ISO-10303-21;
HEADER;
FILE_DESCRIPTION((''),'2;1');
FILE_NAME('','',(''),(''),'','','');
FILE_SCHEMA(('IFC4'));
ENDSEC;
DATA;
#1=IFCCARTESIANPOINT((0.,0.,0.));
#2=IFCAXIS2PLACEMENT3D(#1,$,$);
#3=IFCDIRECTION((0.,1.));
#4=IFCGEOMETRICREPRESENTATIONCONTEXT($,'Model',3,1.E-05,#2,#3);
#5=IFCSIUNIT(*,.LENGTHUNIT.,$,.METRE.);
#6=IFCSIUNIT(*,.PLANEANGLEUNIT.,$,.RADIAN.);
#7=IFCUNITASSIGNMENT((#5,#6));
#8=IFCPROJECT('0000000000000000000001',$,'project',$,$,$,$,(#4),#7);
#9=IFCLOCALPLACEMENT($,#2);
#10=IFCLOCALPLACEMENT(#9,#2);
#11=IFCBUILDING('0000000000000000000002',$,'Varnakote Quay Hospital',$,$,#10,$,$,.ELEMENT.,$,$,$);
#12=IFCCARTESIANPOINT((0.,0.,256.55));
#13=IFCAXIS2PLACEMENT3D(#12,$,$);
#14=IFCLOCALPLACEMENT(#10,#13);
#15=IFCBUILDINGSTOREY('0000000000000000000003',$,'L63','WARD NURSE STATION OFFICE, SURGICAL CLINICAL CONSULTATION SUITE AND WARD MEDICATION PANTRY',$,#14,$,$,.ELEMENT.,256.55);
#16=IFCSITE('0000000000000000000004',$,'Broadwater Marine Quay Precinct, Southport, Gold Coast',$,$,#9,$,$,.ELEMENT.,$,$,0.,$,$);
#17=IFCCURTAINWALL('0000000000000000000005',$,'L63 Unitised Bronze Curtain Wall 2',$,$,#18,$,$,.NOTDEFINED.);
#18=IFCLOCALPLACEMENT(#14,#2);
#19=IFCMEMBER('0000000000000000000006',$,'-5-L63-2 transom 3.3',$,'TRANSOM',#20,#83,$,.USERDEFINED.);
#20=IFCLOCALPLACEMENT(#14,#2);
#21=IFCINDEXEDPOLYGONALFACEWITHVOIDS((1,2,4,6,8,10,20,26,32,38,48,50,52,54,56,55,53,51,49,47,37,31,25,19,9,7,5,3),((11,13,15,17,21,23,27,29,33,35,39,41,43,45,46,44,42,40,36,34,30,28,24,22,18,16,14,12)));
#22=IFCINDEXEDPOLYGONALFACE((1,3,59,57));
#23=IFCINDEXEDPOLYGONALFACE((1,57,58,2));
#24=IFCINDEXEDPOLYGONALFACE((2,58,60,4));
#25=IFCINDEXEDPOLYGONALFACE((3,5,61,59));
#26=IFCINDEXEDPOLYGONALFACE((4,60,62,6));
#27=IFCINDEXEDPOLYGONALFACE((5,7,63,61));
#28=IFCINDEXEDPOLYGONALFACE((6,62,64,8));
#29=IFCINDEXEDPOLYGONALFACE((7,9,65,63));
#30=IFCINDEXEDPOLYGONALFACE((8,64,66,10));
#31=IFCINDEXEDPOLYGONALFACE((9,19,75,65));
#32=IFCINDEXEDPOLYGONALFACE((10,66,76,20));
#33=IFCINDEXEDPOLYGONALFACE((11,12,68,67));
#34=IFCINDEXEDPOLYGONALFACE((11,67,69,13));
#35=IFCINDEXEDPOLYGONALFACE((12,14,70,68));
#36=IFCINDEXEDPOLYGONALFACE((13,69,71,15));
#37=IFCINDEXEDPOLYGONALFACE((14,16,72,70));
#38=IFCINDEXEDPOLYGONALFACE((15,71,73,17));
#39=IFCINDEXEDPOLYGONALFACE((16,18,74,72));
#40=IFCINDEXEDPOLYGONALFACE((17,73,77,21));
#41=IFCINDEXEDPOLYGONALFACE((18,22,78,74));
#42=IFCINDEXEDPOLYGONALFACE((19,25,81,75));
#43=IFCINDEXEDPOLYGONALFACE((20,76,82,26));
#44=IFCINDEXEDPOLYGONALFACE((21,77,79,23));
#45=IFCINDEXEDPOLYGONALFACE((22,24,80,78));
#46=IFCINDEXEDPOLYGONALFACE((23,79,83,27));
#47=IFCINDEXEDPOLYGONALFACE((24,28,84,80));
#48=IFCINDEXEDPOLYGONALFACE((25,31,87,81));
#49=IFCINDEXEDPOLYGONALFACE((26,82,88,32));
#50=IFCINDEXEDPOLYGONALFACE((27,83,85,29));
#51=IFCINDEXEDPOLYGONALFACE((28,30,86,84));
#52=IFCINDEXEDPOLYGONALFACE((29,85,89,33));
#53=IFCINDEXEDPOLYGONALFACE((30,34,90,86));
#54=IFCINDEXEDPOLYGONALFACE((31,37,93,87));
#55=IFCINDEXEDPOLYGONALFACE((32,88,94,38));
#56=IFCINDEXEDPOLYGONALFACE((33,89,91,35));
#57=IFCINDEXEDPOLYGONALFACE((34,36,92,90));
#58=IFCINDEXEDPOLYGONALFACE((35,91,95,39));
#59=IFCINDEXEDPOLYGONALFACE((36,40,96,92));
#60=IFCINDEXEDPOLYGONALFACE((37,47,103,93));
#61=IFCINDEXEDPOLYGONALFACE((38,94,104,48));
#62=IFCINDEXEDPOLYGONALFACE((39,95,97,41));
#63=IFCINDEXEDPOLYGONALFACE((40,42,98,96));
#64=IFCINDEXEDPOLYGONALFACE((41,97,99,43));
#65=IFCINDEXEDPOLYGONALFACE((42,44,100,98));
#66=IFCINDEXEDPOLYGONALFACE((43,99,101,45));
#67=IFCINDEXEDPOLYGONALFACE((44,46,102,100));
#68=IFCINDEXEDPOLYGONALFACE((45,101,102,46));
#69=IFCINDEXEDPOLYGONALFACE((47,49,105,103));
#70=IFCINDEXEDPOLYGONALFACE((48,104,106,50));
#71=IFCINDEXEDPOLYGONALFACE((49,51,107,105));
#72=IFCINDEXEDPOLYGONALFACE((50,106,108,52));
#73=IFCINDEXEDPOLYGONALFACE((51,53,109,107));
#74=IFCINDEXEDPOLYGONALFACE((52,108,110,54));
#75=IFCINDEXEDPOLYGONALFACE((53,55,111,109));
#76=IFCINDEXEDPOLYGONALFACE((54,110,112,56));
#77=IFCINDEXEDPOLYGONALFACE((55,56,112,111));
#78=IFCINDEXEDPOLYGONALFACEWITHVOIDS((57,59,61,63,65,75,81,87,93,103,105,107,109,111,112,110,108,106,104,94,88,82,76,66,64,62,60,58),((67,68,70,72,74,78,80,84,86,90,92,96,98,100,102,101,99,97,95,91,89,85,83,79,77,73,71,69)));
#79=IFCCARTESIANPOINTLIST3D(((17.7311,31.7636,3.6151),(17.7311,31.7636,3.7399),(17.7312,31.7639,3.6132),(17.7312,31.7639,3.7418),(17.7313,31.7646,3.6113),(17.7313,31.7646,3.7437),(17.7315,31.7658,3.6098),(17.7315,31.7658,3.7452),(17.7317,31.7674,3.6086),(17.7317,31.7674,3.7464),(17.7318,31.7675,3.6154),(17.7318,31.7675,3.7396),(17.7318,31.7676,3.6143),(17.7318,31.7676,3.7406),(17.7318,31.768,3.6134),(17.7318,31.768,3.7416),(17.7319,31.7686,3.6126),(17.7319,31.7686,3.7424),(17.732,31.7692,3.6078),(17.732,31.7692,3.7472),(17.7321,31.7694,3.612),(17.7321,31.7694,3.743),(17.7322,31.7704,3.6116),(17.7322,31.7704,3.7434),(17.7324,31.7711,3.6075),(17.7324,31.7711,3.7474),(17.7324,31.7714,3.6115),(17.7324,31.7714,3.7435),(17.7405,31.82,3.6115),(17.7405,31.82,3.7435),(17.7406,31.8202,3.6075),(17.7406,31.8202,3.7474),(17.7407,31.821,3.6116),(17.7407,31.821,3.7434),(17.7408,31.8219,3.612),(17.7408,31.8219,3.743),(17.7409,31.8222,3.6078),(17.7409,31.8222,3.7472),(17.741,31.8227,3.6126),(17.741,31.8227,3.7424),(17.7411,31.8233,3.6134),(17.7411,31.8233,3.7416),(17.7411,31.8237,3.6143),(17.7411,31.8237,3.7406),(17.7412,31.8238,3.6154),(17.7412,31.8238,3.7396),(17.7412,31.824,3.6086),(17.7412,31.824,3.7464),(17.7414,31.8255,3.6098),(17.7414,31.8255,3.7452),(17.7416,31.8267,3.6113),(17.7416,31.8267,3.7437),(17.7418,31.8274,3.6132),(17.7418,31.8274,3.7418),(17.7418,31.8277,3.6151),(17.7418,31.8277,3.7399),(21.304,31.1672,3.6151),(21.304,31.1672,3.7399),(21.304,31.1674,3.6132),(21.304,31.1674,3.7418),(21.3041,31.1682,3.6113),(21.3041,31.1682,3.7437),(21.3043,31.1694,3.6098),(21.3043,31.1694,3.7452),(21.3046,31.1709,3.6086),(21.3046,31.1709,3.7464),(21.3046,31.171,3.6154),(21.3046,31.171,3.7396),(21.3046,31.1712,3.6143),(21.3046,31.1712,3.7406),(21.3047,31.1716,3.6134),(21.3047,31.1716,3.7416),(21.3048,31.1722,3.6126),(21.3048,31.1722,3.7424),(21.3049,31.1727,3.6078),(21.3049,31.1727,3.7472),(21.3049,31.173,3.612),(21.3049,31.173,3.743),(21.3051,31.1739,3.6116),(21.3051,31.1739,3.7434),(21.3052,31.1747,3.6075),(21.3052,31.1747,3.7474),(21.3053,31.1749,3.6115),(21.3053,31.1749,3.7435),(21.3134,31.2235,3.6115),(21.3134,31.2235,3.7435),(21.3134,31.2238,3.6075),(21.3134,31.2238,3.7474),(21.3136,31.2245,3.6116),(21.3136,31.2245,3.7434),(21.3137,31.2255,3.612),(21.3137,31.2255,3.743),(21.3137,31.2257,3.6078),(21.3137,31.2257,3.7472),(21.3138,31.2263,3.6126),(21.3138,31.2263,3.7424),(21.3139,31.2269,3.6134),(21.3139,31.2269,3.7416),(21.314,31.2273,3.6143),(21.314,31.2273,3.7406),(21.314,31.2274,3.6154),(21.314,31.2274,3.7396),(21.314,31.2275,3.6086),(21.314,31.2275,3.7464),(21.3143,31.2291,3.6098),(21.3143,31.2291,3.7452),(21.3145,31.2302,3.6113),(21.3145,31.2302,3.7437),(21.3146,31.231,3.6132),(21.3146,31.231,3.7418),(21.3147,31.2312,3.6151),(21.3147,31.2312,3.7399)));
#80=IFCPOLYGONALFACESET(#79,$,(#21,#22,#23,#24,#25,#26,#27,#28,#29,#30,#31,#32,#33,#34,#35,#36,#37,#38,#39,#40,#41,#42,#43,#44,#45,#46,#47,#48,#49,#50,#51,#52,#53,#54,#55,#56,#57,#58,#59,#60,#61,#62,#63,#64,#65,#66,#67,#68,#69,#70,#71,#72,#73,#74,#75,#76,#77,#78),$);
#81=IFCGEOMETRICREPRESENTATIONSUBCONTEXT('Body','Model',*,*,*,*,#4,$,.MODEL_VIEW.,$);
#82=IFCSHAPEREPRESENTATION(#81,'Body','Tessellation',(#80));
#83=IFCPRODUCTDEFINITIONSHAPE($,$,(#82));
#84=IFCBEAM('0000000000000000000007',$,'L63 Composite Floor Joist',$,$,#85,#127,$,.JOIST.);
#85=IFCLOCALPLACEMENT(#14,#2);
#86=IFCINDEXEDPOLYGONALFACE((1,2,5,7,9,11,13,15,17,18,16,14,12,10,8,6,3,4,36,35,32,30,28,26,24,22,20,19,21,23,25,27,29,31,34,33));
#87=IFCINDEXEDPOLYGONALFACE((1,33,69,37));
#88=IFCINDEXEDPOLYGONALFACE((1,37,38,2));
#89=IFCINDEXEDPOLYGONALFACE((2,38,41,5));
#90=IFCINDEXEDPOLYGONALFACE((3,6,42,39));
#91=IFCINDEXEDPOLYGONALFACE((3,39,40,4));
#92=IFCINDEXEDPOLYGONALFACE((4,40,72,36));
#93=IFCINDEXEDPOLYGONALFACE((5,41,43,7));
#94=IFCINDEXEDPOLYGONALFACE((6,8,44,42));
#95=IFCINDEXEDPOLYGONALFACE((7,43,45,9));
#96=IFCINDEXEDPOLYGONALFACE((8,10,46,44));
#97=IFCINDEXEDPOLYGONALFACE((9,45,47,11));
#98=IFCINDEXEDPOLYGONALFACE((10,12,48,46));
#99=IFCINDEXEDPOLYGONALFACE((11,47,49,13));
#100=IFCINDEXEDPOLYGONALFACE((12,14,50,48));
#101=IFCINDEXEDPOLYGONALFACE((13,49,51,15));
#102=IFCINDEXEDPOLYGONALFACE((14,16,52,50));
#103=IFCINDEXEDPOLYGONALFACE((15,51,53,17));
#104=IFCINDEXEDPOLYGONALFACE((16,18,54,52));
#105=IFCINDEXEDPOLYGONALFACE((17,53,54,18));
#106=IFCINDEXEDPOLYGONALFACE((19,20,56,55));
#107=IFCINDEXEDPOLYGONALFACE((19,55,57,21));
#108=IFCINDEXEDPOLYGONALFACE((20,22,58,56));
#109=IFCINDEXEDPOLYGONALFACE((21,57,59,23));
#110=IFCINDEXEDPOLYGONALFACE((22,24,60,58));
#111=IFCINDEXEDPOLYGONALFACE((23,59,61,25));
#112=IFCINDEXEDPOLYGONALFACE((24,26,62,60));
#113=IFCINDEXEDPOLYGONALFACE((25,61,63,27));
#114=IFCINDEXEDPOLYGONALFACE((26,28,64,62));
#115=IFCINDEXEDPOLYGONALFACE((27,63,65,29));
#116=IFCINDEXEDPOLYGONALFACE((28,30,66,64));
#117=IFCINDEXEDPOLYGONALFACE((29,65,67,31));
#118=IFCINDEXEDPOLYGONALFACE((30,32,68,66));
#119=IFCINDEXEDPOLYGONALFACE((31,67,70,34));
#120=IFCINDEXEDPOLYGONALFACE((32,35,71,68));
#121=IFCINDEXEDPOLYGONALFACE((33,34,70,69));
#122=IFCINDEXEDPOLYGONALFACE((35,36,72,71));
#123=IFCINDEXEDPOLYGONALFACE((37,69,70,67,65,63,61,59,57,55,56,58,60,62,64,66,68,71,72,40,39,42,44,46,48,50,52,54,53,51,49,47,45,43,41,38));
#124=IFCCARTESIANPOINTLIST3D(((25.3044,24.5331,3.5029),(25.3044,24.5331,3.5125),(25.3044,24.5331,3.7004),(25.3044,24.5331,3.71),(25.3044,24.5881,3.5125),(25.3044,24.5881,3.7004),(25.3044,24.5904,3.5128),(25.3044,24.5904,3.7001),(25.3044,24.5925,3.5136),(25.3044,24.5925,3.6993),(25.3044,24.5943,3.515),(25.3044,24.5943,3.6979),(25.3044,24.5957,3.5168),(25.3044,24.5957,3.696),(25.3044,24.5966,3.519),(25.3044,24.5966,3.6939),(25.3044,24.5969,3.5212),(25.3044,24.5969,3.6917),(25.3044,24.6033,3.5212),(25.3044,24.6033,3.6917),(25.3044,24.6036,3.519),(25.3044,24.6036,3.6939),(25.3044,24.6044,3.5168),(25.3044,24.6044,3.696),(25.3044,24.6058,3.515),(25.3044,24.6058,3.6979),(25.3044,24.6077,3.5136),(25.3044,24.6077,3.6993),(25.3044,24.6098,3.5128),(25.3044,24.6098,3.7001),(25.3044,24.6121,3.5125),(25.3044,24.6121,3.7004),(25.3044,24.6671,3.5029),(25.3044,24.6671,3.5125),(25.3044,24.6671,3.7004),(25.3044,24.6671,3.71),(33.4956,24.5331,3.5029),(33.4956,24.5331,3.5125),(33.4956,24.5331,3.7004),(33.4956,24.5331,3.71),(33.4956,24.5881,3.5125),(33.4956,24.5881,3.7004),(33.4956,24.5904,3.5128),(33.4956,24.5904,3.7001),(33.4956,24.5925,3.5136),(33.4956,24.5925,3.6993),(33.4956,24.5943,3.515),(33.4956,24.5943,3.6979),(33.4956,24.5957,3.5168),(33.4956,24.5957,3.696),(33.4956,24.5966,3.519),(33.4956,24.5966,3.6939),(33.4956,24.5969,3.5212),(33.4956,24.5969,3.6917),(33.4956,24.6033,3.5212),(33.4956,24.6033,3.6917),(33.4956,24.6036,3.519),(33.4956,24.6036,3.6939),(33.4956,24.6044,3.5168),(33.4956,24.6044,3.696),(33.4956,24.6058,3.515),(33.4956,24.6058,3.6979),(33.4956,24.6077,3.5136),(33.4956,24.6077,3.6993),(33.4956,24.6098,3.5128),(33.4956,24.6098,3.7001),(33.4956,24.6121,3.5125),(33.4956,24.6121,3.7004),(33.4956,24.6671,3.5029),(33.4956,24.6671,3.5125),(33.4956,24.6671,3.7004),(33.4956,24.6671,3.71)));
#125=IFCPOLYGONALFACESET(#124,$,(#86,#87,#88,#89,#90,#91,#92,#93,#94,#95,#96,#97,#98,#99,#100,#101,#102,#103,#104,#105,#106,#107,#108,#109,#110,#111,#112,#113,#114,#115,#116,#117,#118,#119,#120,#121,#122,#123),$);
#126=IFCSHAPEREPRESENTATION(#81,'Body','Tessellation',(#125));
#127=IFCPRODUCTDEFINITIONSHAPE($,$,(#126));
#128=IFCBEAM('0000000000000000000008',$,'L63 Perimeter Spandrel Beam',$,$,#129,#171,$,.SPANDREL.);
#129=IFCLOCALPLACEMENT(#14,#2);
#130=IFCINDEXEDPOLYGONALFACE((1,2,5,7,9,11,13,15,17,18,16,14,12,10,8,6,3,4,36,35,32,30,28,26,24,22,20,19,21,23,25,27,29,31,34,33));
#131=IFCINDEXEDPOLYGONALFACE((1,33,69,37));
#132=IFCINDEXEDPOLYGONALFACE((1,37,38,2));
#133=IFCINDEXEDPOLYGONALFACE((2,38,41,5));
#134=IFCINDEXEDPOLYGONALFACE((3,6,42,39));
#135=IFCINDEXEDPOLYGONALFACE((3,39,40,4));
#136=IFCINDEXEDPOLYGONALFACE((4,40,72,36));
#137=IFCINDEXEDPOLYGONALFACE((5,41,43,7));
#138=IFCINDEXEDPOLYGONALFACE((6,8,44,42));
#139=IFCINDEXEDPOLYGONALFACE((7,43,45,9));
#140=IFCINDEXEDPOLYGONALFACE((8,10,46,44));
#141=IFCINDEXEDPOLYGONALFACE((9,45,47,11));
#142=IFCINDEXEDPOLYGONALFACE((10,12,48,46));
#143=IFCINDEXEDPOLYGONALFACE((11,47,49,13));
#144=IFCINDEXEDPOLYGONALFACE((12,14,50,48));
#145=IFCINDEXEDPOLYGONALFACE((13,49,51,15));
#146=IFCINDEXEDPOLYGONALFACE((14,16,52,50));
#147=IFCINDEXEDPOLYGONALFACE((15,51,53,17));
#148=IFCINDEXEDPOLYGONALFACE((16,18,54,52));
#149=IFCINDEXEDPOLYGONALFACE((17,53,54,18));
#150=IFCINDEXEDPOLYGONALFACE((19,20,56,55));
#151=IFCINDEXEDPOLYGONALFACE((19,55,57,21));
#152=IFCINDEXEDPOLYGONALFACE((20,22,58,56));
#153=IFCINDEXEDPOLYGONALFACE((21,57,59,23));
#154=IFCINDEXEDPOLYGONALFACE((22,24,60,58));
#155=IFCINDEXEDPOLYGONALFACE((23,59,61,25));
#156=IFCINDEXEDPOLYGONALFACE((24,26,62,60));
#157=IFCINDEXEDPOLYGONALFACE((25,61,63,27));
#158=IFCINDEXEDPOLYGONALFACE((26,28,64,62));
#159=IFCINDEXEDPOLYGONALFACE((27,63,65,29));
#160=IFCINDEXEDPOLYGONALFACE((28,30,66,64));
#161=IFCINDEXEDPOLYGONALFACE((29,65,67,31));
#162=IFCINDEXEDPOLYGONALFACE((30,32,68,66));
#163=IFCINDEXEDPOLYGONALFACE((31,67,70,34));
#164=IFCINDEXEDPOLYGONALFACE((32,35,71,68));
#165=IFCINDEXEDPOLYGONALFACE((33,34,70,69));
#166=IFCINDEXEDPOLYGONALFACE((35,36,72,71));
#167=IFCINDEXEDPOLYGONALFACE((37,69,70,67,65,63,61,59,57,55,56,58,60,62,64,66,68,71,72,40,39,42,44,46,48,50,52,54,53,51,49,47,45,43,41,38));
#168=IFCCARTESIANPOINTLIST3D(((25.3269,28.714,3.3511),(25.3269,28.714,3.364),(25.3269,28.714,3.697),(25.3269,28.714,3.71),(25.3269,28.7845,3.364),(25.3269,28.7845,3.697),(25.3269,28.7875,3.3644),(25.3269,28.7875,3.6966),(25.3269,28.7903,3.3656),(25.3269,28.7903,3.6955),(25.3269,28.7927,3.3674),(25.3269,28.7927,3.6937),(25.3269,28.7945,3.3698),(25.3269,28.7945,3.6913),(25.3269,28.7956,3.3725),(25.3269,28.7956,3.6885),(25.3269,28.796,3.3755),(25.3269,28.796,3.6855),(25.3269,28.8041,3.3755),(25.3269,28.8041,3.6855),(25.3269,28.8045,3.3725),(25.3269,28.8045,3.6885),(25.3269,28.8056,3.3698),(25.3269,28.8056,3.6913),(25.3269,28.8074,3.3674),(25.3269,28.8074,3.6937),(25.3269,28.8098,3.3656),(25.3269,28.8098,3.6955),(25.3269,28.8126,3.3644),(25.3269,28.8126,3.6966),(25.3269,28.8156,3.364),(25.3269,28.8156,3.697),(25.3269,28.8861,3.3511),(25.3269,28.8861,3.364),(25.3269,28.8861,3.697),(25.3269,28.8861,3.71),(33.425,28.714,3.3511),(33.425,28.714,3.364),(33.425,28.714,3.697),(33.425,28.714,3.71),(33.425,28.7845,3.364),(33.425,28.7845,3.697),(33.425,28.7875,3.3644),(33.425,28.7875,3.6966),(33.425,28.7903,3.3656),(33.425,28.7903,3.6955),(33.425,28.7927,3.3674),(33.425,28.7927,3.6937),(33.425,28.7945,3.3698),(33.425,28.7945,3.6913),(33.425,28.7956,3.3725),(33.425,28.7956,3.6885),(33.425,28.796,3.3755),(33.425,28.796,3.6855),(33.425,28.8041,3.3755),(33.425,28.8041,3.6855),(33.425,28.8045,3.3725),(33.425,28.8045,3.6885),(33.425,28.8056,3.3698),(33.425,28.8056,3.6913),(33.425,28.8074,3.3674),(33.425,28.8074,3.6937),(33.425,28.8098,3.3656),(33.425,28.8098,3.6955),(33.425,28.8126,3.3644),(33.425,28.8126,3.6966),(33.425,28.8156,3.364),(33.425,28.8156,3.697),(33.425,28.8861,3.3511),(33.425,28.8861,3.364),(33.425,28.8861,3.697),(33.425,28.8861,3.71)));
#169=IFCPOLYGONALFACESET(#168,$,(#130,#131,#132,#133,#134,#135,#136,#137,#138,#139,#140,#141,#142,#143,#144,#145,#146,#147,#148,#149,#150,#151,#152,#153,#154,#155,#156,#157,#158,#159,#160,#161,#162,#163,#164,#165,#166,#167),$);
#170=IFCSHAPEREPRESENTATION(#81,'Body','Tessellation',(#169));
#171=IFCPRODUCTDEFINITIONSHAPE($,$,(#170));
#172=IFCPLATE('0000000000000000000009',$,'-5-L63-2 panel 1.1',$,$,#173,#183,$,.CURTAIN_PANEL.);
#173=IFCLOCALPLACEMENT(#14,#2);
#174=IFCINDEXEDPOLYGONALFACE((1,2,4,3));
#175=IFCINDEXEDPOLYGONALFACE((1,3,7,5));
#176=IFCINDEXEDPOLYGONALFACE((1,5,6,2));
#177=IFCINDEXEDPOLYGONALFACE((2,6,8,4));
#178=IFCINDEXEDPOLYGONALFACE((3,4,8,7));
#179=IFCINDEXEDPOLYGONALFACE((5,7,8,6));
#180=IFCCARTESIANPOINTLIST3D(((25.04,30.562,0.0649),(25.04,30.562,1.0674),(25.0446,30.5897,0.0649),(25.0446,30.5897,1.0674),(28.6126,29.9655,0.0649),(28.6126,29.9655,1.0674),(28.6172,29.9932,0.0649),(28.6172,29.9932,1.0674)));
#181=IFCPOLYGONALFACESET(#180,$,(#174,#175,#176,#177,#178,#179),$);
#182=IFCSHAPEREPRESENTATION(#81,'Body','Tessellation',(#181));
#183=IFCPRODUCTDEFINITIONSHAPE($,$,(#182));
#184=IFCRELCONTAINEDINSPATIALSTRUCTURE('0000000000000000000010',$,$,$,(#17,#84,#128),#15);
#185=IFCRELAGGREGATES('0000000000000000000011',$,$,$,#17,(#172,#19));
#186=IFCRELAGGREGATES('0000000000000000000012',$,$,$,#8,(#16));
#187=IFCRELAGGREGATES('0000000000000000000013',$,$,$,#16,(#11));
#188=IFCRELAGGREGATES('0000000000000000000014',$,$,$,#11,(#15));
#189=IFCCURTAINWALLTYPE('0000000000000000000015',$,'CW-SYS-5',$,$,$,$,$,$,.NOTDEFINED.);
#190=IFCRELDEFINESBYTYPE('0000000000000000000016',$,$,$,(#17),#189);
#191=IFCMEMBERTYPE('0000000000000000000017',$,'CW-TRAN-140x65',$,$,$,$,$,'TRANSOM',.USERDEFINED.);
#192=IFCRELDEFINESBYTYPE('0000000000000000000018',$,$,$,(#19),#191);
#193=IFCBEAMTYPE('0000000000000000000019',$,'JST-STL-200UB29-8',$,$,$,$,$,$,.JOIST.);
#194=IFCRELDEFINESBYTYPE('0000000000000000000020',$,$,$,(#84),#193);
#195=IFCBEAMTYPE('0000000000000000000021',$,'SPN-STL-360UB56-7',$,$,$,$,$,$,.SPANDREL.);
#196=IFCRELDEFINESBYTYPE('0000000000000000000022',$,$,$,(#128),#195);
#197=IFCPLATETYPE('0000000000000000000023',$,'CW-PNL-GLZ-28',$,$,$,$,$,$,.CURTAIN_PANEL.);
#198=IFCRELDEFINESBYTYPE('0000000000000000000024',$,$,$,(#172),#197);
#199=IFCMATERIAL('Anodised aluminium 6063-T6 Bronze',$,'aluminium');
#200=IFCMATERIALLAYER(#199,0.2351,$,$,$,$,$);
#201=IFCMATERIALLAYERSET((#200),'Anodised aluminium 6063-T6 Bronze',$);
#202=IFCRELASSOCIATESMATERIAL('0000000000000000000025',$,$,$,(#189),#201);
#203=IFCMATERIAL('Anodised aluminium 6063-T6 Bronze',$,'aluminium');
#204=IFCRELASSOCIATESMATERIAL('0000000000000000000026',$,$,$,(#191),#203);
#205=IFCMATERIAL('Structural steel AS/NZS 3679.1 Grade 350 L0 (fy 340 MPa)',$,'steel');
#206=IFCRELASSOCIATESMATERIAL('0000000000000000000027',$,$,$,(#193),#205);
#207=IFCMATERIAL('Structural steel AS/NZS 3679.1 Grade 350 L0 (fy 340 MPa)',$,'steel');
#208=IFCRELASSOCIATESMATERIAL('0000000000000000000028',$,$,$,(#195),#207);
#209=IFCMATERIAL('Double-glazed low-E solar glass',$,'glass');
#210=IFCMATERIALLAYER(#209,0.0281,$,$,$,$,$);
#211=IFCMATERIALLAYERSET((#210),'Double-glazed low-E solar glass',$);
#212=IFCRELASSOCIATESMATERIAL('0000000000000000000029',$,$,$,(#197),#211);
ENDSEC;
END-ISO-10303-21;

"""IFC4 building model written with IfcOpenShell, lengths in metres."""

from ifc_helpers import new_model, si_unit, direction, frame, origin, origin_2d, place, context, subcontext, project, spatial, rectangle, hollow_rectangle, i_section, extrude, material, layer, layer_set, material_profile, profile_set, type_object, element, aggregate, save


model = new_model("IFC4")

# Units and contexts
model_context = context("Model", 3, precision=1e-05, world=origin(), true_north=direction((0.0, 1.0)))
body_context = subcontext(model_context, "Body", "Model", "MODEL_VIEW")
ifc_project = project(units=[si_unit("LENGTHUNIT", "METRE"), si_unit("PLANEANGLEUNIT", "RADIAN")], contexts=[model_context])

# Site, building, storey
site_placement = place(None, origin())
site = spatial("IfcSite", under=ifc_project, at=site_placement, Name="Broadwater Marine Quay Precinct, Southport, Gold Coast", CompositionType="ELEMENT", RefElevation=0.0)
building_placement = place(site_placement, origin())
building = spatial("IfcBuilding", under=site, at=building_placement, Name="Varnakote Quay Hospital", CompositionType="ELEMENT")
storey_placement = place(building_placement, frame((0.0, 0.0, 256.55)))
storey = spatial("IfcBuildingStorey", under=building, at=storey_placement, Name="L63", Description="WARD NURSE STATION OFFICE, SURGICAL CLINICAL CONSULTATION SUITE AND WARD MEDICATION PANTRY", CompositionType="ELEMENT", Elevation=256.55)

# Shared definitions
ifc_material_1 = material(Name="Anodised aluminium 6063-T6 Bronze", Category="aluminium")
ifc_layer_1 = layer(ifc_material_1, 0.2351)
ifc_layer_set_1 = layer_set([ifc_layer_1], Name="Anodised aluminium 6063-T6 Bronze")
curtain_wall_type = type_object("IfcCurtainWallType", Name="CW-SYS-5", PredefinedType="NOTDEFINED", material=ifc_layer_set_1)

# Curtain wall, member
curtain_wall_1_placement = place(storey_placement, origin())
curtain_wall_1 = element("IfcCurtainWall", 1, at=curtain_wall_1_placement, inside=storey, type_object=curtain_wall_type, Name="L63 Unitised Bronze Curtain Wall 2", PredefinedType="NOTDEFINED")
ifc_material_2 = material(Name="Anodised aluminium 6063-T6 Bronze", Category="aluminium")
ifc_material_profile_1 = material_profile(ifc_material_2, hollow_rectangle(XDim=0.0649, YDim=0.1399, WallThickness=0.0039, InnerFilletRadius=0.0039, OuterFilletRadius=0.0076, at=origin_2d()), Name="CW-TRAN-140x65")
ifc_profile_set_1 = profile_set([ifc_material_profile_1], Name="Anodised aluminium 6063-T6 Bronze")
member_type_1 = type_object("IfcMemberType", Name="CW-TRAN-140x65", ElementType="TRANSOM", PredefinedType="USERDEFINED", material=ifc_profile_set_1)
member_1_placement = place(storey_placement, frame((21.3093, 31.1992, 3.6775), z_axis=(-0.98635, 0.164661, 0.0), x_axis=(-0.164661, -0.98635, 0.0)))
member_1 = element("IfcMember", 2, at=member_1_placement, type_object=member_type_1, Name="-5-L63-2 transom 3.3", ObjectType="TRANSOM", PredefinedType="USERDEFINED", context=body_context, shape_type="SweptSolid", body=[
    extrude(hollow_rectangle(XDim=0.0649, YDim=0.1399, WallThickness=0.0039, InnerFilletRadius=0.0039, OuterFilletRadius=0.0076, at=origin_2d()), origin(), (0.0, 0.0, 1.0), 3.6223),
])

# Beams
ifc_material_3 = material(Name="Structural steel AS/NZS 3679.1 Grade 350 L0 (fy 340 MPa)", Category="steel")
ifc_material_profile_2 = material_profile(ifc_material_3, i_section(OverallWidth=0.134, OverallDepth=0.207, WebThickness=0.0063, FlangeThickness=0.0095, FilletRadius=0.0088, at=origin_2d()), Name="200UB29.8")
ifc_profile_set_2 = profile_set([ifc_material_profile_2], Name="Structural steel AS/NZS 3679.1 Grade 350 L0 (fy 340 MPa)")
beam_type_1 = type_object("IfcBeamType", Name="JST-STL-200UB29-8", PredefinedType="JOIST", material=ifc_profile_set_2)
beam_1_placement = place(storey_placement, frame((25.3044, 24.6001, 3.6064), z_axis=(1.0, 0.0, 0.0), x_axis=(0.0, 1.0, 0.0)))
element("IfcBeam", 3, at=beam_1_placement, inside=storey, type_object=beam_type_1, Name="L63 Composite Floor Joist", PredefinedType="JOIST", context=body_context, shape_type="SweptSolid", body=[
    extrude(i_section(OverallWidth=0.134, OverallDepth=0.207, WebThickness=0.0063, FlangeThickness=0.0095, FilletRadius=0.0088, at=origin_2d()), origin(), (0.0, 0.0, 1.0), 8.1912),
])
ifc_material_4 = material(Name="Structural steel AS/NZS 3679.1 Grade 350 L0 (fy 340 MPa)", Category="steel")
ifc_material_profile_3 = material_profile(ifc_material_4, i_section(OverallWidth=0.1721, OverallDepth=0.3589, WebThickness=0.0081, FlangeThickness=0.0129, FilletRadius=0.0115, at=origin_2d()), Name="360UB56.7")
ifc_profile_set_3 = profile_set([ifc_material_profile_3], Name="Structural steel AS/NZS 3679.1 Grade 350 L0 (fy 340 MPa)")
beam_type_2 = type_object("IfcBeamType", Name="SPN-STL-360UB56-7", PredefinedType="SPANDREL", material=ifc_profile_set_3)
beam_2_placement = place(storey_placement, frame((25.3269, 28.8, 3.5305), z_axis=(1.0, 0.0, 0.0), x_axis=(0.0, 1.0, 0.0)))
element("IfcBeam", 4, at=beam_2_placement, inside=storey, type_object=beam_type_2, Name="L63 Perimeter Spandrel Beam", PredefinedType="SPANDREL", context=body_context, shape_type="SweptSolid", body=[
    extrude(i_section(OverallWidth=0.1721, OverallDepth=0.3589, WebThickness=0.0081, FlangeThickness=0.0129, FilletRadius=0.0115, at=origin_2d()), origin(), (0.0, 0.0, 1.0), 8.0981),
])

# Plate
ifc_material_5 = material(Name="Double-glazed low-E solar glass", Category="glass")
ifc_layer_2 = layer(ifc_material_5, 0.0281)
ifc_layer_set_2 = layer_set([ifc_layer_2], Name="Double-glazed low-E solar glass")
plate_type = type_object("IfcPlateType", Name="CW-PNL-GLZ-28", PredefinedType="CURTAIN_PANEL", material=ifc_layer_set_2)
plate_1_placement = place(storey_placement, frame((26.8286, 30.2776, 0.0649), z_axis=(0.0, 0.0, 1.0), x_axis=(-0.986345, 0.164694, 0.0)))
plate_1 = element("IfcPlate", 5, at=plate_1_placement, type_object=plate_type, Name="-5-L63-2 panel 1.1", PredefinedType="CURTAIN_PANEL", context=body_context, shape_type="SweptSolid", body=[
    extrude(rectangle(XDim=3.6221, YDim=0.0281, at=origin_2d()), origin(), (0.0, 0.0, 1.0), 1.0024),
])
aggregate(curtain_wall_1, [plate_1, member_1])

save(model, "model.ifc")
